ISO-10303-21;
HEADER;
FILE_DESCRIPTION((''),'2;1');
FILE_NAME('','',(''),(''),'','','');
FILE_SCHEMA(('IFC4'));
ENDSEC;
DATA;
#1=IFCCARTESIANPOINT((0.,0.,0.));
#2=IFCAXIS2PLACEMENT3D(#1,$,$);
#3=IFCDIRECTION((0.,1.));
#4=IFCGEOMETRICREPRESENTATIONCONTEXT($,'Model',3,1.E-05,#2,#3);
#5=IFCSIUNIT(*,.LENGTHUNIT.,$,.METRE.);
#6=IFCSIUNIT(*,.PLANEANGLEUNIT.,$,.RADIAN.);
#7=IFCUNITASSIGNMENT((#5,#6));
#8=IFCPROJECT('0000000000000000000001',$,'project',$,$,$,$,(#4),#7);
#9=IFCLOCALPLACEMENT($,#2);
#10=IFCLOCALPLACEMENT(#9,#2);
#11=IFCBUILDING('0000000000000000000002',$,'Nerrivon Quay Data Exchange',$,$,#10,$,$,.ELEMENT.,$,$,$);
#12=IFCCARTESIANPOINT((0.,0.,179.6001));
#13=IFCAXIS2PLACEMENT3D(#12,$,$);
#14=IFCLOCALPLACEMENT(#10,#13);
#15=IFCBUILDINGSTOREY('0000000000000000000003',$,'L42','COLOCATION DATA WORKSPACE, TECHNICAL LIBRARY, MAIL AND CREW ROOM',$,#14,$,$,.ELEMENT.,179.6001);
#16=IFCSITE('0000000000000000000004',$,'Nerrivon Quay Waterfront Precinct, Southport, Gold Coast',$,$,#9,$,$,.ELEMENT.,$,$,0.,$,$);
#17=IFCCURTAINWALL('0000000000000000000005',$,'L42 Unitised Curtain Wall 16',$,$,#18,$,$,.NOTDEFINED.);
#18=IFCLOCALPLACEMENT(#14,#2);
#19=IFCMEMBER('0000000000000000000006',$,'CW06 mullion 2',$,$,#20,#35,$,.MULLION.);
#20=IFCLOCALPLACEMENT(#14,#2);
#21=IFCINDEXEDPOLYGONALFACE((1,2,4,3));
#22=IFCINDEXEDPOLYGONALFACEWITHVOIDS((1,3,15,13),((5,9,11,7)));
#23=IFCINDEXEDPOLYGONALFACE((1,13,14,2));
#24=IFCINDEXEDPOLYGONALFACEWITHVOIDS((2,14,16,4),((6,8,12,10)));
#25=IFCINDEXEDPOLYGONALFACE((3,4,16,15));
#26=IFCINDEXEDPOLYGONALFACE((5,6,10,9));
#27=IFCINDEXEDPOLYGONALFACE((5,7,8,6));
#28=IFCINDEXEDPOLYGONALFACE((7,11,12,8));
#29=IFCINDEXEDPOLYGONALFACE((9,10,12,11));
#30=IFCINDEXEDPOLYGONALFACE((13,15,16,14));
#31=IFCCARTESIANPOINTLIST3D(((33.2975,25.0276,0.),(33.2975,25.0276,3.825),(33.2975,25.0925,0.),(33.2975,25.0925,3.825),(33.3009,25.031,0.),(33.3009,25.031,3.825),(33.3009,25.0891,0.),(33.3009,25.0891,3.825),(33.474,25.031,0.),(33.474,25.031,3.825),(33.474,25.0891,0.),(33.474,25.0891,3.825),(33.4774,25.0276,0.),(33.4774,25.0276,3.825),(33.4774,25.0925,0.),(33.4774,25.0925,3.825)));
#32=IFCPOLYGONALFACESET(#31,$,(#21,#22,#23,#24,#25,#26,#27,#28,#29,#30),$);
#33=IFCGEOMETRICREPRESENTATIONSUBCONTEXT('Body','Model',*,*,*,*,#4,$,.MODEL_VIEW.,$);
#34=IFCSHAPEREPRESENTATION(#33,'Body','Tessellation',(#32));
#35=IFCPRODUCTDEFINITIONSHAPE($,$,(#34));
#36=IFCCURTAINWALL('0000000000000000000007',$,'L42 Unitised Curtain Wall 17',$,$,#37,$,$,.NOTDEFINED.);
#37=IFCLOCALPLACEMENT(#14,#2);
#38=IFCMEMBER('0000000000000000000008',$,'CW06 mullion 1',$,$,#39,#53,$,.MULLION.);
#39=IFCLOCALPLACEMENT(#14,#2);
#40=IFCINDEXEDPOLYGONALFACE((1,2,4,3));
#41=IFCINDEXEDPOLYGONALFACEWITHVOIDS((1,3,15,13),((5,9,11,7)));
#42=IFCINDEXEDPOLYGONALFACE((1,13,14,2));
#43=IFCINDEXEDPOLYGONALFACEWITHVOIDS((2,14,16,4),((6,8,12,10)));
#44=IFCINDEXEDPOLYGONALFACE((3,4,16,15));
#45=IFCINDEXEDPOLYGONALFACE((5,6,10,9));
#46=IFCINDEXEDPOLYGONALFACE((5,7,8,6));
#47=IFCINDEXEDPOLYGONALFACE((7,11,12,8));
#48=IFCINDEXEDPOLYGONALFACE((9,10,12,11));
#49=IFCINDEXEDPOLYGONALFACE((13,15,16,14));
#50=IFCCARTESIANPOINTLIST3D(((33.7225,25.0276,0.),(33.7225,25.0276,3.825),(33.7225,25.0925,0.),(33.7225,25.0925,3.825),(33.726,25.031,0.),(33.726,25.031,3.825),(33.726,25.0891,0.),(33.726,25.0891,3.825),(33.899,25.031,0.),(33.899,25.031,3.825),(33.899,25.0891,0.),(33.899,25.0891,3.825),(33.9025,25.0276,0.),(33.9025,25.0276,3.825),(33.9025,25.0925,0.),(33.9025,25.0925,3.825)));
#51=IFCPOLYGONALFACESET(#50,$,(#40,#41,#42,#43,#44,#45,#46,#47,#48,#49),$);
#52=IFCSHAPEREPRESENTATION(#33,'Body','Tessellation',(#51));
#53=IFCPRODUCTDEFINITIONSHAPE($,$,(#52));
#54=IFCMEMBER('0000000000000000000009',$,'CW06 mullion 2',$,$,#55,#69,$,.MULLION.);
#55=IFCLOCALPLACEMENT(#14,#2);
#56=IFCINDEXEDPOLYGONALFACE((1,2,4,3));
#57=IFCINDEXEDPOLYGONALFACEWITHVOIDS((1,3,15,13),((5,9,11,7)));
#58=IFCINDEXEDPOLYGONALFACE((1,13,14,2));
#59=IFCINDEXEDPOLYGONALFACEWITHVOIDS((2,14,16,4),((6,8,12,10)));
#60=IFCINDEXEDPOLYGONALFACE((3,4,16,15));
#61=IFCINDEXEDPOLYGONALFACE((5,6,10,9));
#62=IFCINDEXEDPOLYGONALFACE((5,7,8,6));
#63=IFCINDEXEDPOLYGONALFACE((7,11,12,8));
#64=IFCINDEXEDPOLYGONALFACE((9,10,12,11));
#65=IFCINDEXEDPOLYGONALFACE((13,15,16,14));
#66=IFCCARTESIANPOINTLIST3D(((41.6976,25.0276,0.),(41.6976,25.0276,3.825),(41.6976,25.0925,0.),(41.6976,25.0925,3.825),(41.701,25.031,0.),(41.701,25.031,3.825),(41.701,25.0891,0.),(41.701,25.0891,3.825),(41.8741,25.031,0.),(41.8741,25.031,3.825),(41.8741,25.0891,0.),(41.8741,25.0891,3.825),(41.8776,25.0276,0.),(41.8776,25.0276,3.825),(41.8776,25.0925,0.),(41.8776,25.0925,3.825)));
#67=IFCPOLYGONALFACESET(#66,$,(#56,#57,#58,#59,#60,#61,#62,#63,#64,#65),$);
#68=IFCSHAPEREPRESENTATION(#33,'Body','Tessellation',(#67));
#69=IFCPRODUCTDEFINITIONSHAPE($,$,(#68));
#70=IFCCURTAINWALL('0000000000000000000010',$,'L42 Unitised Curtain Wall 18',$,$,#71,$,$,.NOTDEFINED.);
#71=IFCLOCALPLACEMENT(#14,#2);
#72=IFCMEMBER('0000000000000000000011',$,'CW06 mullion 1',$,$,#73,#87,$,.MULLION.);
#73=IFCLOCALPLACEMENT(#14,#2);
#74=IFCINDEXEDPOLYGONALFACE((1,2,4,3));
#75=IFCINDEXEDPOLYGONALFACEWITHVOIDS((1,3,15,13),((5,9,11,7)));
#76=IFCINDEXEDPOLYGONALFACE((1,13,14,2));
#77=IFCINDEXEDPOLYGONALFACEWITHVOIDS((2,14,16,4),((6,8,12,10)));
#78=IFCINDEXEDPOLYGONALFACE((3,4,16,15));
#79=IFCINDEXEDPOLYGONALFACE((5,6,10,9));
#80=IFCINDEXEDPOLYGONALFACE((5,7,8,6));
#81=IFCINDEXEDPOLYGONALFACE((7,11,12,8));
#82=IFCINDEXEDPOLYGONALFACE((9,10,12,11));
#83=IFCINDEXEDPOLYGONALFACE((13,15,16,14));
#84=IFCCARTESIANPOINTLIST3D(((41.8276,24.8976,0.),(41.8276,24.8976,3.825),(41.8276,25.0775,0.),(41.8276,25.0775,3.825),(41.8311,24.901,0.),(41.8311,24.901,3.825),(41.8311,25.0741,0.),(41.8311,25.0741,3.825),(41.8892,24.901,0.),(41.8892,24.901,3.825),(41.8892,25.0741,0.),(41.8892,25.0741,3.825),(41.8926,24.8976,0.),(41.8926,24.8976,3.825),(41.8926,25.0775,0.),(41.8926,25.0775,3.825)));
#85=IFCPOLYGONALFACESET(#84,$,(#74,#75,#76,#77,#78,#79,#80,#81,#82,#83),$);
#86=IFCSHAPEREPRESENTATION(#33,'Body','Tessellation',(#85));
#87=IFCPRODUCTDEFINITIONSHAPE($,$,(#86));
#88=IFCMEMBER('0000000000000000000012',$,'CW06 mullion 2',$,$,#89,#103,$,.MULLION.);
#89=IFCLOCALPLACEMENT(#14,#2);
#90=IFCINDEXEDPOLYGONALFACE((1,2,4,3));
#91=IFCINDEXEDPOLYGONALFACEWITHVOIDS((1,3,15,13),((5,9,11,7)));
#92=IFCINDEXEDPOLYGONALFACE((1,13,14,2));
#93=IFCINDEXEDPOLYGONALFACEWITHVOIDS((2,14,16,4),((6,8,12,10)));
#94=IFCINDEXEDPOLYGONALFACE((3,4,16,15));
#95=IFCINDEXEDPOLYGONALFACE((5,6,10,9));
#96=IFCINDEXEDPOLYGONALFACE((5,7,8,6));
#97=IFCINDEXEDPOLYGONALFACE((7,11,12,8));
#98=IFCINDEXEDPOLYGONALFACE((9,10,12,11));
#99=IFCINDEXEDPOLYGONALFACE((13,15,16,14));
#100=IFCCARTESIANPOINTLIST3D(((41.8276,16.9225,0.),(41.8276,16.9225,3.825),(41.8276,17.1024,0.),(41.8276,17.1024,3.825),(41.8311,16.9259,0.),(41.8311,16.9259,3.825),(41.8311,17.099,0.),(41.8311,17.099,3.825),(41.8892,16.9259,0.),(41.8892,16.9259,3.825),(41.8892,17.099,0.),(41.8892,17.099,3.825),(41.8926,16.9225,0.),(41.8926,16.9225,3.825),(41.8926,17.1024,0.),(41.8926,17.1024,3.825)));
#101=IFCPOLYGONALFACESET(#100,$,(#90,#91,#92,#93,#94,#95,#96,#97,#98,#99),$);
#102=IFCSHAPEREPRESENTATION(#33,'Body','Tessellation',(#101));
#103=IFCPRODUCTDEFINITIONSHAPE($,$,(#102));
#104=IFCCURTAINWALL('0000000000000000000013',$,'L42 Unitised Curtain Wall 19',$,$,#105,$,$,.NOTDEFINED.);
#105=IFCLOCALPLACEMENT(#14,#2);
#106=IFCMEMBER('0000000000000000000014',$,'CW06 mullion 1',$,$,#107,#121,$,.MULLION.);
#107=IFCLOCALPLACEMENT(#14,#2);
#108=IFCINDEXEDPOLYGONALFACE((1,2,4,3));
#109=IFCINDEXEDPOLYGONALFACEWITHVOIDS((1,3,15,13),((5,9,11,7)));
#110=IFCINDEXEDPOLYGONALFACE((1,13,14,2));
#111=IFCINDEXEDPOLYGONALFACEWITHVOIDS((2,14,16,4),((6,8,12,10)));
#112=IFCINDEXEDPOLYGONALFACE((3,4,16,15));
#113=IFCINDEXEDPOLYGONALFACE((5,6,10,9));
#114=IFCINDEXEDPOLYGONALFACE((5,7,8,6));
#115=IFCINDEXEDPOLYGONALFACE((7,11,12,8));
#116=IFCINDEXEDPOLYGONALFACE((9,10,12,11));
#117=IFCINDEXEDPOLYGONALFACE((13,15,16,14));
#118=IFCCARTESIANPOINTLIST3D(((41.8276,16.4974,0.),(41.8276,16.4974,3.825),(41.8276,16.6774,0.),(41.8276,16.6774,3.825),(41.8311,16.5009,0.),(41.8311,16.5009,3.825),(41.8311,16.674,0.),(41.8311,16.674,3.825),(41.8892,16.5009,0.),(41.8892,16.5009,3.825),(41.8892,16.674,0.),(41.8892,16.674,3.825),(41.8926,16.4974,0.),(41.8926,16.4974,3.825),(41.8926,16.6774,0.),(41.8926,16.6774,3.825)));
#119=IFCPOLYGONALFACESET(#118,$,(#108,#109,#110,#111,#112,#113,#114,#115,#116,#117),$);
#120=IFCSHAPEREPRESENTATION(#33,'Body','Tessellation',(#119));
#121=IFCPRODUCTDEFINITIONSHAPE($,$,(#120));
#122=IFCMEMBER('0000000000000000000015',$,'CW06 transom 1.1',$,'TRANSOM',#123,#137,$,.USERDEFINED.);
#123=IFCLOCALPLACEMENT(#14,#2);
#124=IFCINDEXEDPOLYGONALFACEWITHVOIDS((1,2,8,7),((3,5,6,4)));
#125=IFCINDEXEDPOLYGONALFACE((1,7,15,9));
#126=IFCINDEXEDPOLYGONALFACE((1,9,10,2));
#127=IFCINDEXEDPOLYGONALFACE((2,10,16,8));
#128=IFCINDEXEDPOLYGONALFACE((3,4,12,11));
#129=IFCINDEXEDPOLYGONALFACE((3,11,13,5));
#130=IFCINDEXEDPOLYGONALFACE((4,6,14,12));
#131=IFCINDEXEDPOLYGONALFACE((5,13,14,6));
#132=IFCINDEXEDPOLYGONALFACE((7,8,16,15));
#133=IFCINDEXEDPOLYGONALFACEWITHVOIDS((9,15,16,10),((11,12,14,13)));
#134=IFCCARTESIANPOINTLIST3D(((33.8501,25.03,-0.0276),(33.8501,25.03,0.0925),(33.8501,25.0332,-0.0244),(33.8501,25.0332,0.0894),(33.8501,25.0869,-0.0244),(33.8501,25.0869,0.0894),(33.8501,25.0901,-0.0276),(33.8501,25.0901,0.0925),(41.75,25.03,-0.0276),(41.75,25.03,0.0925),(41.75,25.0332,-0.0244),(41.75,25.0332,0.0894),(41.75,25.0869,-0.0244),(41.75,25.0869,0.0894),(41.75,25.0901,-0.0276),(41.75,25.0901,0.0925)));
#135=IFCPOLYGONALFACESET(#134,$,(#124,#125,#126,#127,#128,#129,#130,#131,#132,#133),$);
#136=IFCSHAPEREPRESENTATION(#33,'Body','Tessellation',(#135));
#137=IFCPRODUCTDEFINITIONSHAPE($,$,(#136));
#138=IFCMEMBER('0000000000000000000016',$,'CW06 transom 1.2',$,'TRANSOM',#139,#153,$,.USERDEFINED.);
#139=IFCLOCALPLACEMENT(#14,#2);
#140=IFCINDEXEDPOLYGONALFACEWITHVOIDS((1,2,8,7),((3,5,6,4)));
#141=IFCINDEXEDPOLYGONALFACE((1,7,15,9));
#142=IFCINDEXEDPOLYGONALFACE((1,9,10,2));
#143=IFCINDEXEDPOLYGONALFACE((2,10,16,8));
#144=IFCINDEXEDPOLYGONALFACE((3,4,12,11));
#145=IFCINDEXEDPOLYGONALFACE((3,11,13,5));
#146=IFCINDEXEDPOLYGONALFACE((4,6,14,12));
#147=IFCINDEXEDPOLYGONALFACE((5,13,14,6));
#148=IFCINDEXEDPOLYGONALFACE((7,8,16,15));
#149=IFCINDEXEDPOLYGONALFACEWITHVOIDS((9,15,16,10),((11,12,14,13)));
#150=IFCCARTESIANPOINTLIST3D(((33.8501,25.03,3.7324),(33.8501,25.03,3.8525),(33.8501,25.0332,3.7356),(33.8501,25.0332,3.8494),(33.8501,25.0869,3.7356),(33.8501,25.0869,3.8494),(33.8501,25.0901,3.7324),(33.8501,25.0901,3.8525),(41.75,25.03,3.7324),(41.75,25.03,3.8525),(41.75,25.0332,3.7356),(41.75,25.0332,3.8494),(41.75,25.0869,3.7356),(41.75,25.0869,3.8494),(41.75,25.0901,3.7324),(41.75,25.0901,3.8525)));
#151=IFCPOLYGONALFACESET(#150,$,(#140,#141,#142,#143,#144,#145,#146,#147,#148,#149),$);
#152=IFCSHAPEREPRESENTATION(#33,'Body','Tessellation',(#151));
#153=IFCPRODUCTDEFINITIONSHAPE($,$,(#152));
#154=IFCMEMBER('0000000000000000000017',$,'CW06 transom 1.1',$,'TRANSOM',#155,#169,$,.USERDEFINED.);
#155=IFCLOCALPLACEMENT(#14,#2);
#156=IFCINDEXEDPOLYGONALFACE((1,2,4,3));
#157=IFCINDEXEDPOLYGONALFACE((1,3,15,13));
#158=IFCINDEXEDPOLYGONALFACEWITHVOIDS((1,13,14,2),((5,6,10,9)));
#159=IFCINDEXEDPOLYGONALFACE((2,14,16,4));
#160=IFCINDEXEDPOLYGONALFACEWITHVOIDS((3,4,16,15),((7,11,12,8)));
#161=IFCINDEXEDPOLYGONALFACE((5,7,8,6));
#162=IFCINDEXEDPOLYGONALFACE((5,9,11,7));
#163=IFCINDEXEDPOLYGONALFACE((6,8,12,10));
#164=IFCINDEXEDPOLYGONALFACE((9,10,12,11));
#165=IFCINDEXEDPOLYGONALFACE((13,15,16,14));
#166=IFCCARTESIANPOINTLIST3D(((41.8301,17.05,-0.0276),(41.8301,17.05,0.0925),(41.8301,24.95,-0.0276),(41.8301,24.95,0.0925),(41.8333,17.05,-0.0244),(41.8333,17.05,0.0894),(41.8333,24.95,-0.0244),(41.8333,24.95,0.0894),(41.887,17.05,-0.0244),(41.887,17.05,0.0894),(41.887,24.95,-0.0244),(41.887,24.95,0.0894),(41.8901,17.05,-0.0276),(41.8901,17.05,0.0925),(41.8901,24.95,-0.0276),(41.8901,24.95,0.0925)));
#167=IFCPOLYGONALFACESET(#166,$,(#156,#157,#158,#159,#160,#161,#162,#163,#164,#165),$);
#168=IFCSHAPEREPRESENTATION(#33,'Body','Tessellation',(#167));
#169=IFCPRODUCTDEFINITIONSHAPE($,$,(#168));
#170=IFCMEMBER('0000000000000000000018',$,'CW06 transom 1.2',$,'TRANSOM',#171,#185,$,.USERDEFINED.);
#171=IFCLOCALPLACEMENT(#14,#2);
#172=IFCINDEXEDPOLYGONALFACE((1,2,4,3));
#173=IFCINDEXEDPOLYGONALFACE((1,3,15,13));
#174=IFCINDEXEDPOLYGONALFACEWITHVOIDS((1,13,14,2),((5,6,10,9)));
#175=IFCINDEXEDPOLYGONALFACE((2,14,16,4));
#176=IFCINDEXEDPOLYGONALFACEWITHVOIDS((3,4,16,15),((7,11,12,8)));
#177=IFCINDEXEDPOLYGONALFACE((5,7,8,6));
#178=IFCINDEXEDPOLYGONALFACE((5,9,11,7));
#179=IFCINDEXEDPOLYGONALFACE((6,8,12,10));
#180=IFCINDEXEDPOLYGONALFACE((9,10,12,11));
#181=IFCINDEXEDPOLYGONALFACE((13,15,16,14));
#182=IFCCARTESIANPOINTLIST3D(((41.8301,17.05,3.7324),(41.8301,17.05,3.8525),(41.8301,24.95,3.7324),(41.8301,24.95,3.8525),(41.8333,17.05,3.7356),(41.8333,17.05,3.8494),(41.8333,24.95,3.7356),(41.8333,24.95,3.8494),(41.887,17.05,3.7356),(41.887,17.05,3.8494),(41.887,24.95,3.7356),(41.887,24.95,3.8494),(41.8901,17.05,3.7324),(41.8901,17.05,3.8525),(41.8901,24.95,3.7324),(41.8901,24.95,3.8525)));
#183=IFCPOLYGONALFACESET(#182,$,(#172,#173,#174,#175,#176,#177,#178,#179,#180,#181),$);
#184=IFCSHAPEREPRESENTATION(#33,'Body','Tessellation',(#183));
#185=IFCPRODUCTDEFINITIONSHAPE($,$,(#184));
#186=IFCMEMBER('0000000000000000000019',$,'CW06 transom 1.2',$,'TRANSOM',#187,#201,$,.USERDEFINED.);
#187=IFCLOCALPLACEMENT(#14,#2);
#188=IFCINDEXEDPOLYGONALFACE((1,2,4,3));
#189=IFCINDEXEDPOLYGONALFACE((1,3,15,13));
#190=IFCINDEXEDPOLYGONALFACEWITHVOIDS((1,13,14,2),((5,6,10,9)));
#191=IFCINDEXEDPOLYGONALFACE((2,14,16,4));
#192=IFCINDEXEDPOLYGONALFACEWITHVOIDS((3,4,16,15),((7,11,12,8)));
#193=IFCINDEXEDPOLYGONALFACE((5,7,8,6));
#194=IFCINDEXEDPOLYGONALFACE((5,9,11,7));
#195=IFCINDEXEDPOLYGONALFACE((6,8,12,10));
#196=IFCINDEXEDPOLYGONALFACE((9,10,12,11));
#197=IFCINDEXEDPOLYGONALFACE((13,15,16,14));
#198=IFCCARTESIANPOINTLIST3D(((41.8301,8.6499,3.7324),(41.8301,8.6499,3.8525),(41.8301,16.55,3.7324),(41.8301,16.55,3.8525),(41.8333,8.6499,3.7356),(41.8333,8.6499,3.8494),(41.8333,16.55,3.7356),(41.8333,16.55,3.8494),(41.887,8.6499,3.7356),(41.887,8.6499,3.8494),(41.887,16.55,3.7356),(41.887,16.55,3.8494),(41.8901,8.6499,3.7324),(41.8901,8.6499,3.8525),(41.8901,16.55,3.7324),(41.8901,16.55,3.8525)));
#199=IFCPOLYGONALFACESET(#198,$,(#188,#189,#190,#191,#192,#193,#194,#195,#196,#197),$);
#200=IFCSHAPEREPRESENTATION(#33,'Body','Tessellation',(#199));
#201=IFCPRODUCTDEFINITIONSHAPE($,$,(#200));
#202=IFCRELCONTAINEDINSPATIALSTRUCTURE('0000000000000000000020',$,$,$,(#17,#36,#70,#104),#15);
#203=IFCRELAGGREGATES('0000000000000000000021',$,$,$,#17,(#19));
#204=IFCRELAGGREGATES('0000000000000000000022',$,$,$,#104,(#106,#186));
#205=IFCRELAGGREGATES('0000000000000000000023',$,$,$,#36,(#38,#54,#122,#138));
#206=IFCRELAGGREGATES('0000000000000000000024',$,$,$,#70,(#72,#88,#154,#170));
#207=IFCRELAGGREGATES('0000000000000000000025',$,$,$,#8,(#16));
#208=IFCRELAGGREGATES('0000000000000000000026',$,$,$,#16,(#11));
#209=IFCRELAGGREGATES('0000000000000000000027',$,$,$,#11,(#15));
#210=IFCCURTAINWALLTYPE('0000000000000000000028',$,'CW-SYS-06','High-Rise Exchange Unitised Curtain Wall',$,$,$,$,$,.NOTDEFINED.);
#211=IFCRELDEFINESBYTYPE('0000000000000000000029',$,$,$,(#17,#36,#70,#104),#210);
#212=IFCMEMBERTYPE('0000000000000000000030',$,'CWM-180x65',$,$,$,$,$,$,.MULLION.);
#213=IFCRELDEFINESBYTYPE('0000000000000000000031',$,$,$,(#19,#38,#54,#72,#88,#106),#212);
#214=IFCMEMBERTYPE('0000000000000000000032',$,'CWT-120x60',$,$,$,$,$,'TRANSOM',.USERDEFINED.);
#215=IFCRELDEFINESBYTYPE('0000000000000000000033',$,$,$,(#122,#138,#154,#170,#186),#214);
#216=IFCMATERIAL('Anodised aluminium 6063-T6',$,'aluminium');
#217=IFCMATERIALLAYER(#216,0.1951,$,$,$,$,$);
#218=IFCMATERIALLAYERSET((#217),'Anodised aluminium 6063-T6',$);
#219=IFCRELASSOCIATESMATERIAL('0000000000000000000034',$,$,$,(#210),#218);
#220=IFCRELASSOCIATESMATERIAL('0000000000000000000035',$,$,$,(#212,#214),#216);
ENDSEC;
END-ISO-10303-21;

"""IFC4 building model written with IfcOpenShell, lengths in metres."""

from ifc_helpers import new_model, si_unit, direction, frame, origin, origin_2d, place, context, subcontext, project, spatial, hollow_rectangle, extrude, material, layer, layer_set, material_profile, profile_set, type_object, element, aggregate, save


model = new_model("IFC4")

# Units and contexts
model_context = context("Model", 3, precision=1e-05, world=origin(), true_north=direction((0.0, 1.0)))
body_context = subcontext(model_context, "Body", "Model", "MODEL_VIEW")
ifc_project = project(units=[si_unit("LENGTHUNIT", "METRE"), si_unit("PLANEANGLEUNIT", "RADIAN")], contexts=[model_context])

# Site, building, storey
site_placement = place(None, origin())
site = spatial("IfcSite", under=ifc_project, at=site_placement, Name="Nerrivon Quay Waterfront Precinct, Southport, Gold Coast", CompositionType="ELEMENT", RefElevation=0.0)
building_placement = place(site_placement, origin())
building = spatial("IfcBuilding", under=site, at=building_placement, Name="Nerrivon Quay Data Exchange", CompositionType="ELEMENT")
storey_placement = place(building_placement, frame((0.0, 0.0, 179.6001)))
storey = spatial("IfcBuildingStorey", under=building, at=storey_placement, Name="L42", Description="COLOCATION DATA WORKSPACE, TECHNICAL LIBRARY, MAIL AND CREW ROOM", CompositionType="ELEMENT", Elevation=179.6001)

# Curtain wall, member
ifc_material_1 = material(Name="Anodised aluminium 6063-T6", Category="aluminium")
ifc_layer_1 = layer(ifc_material_1, 0.1951)
ifc_layer_set_1 = layer_set([ifc_layer_1], Name="Anodised aluminium 6063-T6")
curtain_wall_type = type_object("IfcCurtainWallType", Name="CW-SYS-06", Description="High-Rise Exchange Unitised Curtain Wall", PredefinedType="NOTDEFINED", material=ifc_layer_set_1)
curtain_wall_1_placement = place(storey_placement, origin())
curtain_wall_1 = element("IfcCurtainWall", 1, at=curtain_wall_1_placement, inside=storey, type_object=curtain_wall_type, Name="L42 Unitised Curtain Wall 16", PredefinedType="NOTDEFINED")
ifc_material_profile_1 = material_profile(ifc_material_1, hollow_rectangle(XDim=0.0649, YDim=0.1799, WallThickness=0.0034, at=origin_2d()), Name="ALU-MULL-180x65")
ifc_profile_set_1 = profile_set([ifc_material_profile_1], Name="Anodised aluminium 6063-T6")
member_type_1 = type_object("IfcMemberType", Name="CWM-180x65", PredefinedType="MULLION", material=ifc_profile_set_1)
member_1_placement = place(storey_placement, frame((33.3875, 25.0601, 0.0), z_axis=(0.0, 0.0, 1.0), x_axis=(0.0, 1.0, 0.0)))
member_1 = element("IfcMember", 2, at=member_1_placement, type_object=member_type_1, Name="CW06 mullion 2", PredefinedType="MULLION", context=body_context, shape_type="SweptSolid", body=[
    extrude(hollow_rectangle(XDim=0.0649, YDim=0.1799, WallThickness=0.0034, at=origin_2d()), origin(), (0.0, 0.0, 1.0), 3.825),
])
aggregate(curtain_wall_1, [member_1])

# Curtain walls, members
curtain_wall_2_placement = place(storey_placement, origin())
curtain_wall_2 = element("IfcCurtainWall", 3, at=curtain_wall_2_placement, inside=storey, type_object=curtain_wall_type, Name="L42 Unitised Curtain Wall 17", PredefinedType="NOTDEFINED")
member_2_placement = place(storey_placement, frame((33.8125, 25.0601, 0.0), z_axis=(0.0, 0.0, 1.0), x_axis=(0.0, 1.0, 0.0)))
member_2 = element("IfcMember", 4, at=member_2_placement, type_object=member_type_1, Name="CW06 mullion 1", PredefinedType="MULLION", context=body_context, shape_type="SweptSolid", body=[
    extrude(hollow_rectangle(XDim=0.0649, YDim=0.1799, WallThickness=0.0034, at=origin_2d()), origin(), (0.0, 0.0, 1.0), 3.825),
])
member_3_placement = place(storey_placement, frame((41.7876, 25.0601, 0.0), z_axis=(0.0, 0.0, 1.0), x_axis=(0.0, 1.0, 0.0)))
member_3 = element("IfcMember", 5, at=member_3_placement, type_object=member_type_1, Name="CW06 mullion 2", PredefinedType="MULLION", context=body_context, shape_type="SweptSolid", body=[
    extrude(hollow_rectangle(XDim=0.0649, YDim=0.1799, WallThickness=0.0034, at=origin_2d()), origin(), (0.0, 0.0, 1.0), 3.825),
])
curtain_wall_3_placement = place(storey_placement, origin())
curtain_wall_3 = element("IfcCurtainWall", 6, at=curtain_wall_3_placement, inside=storey, type_object=curtain_wall_type, Name="L42 Unitised Curtain Wall 18", PredefinedType="NOTDEFINED")
member_4_placement = place(storey_placement, frame((41.8601, 24.9875, 0.0), z_axis=(0.0, 0.0, 1.0), x_axis=(1.0, 0.0, 0.0)))
member_4 = element("IfcMember", 7, at=member_4_placement, type_object=member_type_1, Name="CW06 mullion 1", PredefinedType="MULLION", context=body_context, shape_type="SweptSolid", body=[
    extrude(hollow_rectangle(XDim=0.0649, YDim=0.1799, WallThickness=0.0034, at=origin_2d()), origin(), (0.0, 0.0, 1.0), 3.825),
])
member_5_placement = place(storey_placement, frame((41.8601, 17.0125, 0.0), z_axis=(0.0, 0.0, 1.0), x_axis=(1.0, 0.0, 0.0)))
member_5 = element("IfcMember", 8, at=member_5_placement, type_object=member_type_1, Name="CW06 mullion 2", PredefinedType="MULLION", context=body_context, shape_type="SweptSolid", body=[
    extrude(hollow_rectangle(XDim=0.0649, YDim=0.1799, WallThickness=0.0034, at=origin_2d()), origin(), (0.0, 0.0, 1.0), 3.825),
])

# Curtain wall, member
curtain_wall_4_placement = place(storey_placement, origin())
curtain_wall_4 = element("IfcCurtainWall", 9, at=curtain_wall_4_placement, inside=storey, type_object=curtain_wall_type, Name="L42 Unitised Curtain Wall 19", PredefinedType="NOTDEFINED")
member_6_placement = place(storey_placement, frame((41.8601, 16.5874, 0.0), z_axis=(0.0, 0.0, 1.0), x_axis=(1.0, 0.0, 0.0)))
member_6 = element("IfcMember", 10, at=member_6_placement, type_object=member_type_1, Name="CW06 mullion 1", PredefinedType="MULLION", context=body_context, shape_type="SweptSolid", body=[
    extrude(hollow_rectangle(XDim=0.0649, YDim=0.1799, WallThickness=0.0034, at=origin_2d()), origin(), (0.0, 0.0, 1.0), 3.825),
])

# Members
ifc_material_profile_2 = material_profile(ifc_material_1, hollow_rectangle(XDim=0.0601, YDim=0.1201, WallThickness=0.0032, at=origin_2d()), Name="ALU-TRAN-120x60")
ifc_profile_set_2 = profile_set([ifc_material_profile_2], Name="Anodised aluminium 6063-T6")
member_type_2 = type_object("IfcMemberType", Name="CWT-120x60", ElementType="TRANSOM", PredefinedType="USERDEFINED", material=ifc_profile_set_2)
member_7_placement = place(storey_placement, frame((33.8501, 25.0601, 0.0325), z_axis=(1.0, 0.0, 0.0), x_axis=(0.0, 1.0, 0.0)))
member_7 = element("IfcMember", 11, at=member_7_placement, type_object=member_type_2, Name="CW06 transom 1.1", ObjectType="TRANSOM", PredefinedType="USERDEFINED", context=body_context, shape_type="SweptSolid", body=[
    extrude(hollow_rectangle(XDim=0.0601, YDim=0.1201, WallThickness=0.0032, at=origin_2d()), origin(), (0.0, 0.0, 1.0), 7.8999),
])
member_8_placement = place(storey_placement, frame((33.8501, 25.0601, 3.7925), z_axis=(1.0, 0.0, 0.0), x_axis=(0.0, 1.0, 0.0)))
member_8 = element("IfcMember", 12, at=member_8_placement, type_object=member_type_2, Name="CW06 transom 1.2", ObjectType="TRANSOM", PredefinedType="USERDEFINED", context=body_context, shape_type="SweptSolid", body=[
    extrude(hollow_rectangle(XDim=0.0601, YDim=0.1201, WallThickness=0.0032, at=origin_2d()), origin(), (0.0, 0.0, 1.0), 7.8999),
])
member_9_placement = place(storey_placement, frame((41.8601, 24.95, 0.0325), z_axis=(0.0, -1.0, 0.0), x_axis=(1.0, 0.0, 0.0)))
member_9 = element("IfcMember", 13, at=member_9_placement, type_object=member_type_2, Name="CW06 transom 1.1", ObjectType="TRANSOM", PredefinedType="USERDEFINED", context=body_context, shape_type="SweptSolid", body=[
    extrude(hollow_rectangle(XDim=0.0601, YDim=0.1201, WallThickness=0.0032, at=origin_2d()), origin(), (0.0, 0.0, 1.0), 7.8999),
])
member_10_placement = place(storey_placement, frame((41.8601, 24.95, 3.7925), z_axis=(0.0, -1.0, 0.0), x_axis=(1.0, 0.0, 0.0)))
member_10 = element("IfcMember", 14, at=member_10_placement, type_object=member_type_2, Name="CW06 transom 1.2", ObjectType="TRANSOM", PredefinedType="USERDEFINED", context=body_context, shape_type="SweptSolid", body=[
    extrude(hollow_rectangle(XDim=0.0601, YDim=0.1201, WallThickness=0.0032, at=origin_2d()), origin(), (0.0, 0.0, 1.0), 7.8999),
])
member_11_placement = place(storey_placement, frame((41.8601, 16.55, 3.7925), z_axis=(0.0, -1.0, 0.0), x_axis=(1.0, 0.0, 0.0)))
member_11 = element("IfcMember", 15, at=member_11_placement, type_object=member_type_2, Name="CW06 transom 1.2", ObjectType="TRANSOM", PredefinedType="USERDEFINED", context=body_context, shape_type="SweptSolid", body=[
    extrude(hollow_rectangle(XDim=0.0601, YDim=0.1201, WallThickness=0.0032, at=origin_2d()), origin(), (0.0, 0.0, 1.0), 7.9001),
])
aggregate(curtain_wall_4, [member_6, member_11])

aggregate(curtain_wall_2, [member_2, member_3, member_7, member_8])
aggregate(curtain_wall_3, [member_4, member_5, member_9, member_10])

save(model, "model.ifc")
